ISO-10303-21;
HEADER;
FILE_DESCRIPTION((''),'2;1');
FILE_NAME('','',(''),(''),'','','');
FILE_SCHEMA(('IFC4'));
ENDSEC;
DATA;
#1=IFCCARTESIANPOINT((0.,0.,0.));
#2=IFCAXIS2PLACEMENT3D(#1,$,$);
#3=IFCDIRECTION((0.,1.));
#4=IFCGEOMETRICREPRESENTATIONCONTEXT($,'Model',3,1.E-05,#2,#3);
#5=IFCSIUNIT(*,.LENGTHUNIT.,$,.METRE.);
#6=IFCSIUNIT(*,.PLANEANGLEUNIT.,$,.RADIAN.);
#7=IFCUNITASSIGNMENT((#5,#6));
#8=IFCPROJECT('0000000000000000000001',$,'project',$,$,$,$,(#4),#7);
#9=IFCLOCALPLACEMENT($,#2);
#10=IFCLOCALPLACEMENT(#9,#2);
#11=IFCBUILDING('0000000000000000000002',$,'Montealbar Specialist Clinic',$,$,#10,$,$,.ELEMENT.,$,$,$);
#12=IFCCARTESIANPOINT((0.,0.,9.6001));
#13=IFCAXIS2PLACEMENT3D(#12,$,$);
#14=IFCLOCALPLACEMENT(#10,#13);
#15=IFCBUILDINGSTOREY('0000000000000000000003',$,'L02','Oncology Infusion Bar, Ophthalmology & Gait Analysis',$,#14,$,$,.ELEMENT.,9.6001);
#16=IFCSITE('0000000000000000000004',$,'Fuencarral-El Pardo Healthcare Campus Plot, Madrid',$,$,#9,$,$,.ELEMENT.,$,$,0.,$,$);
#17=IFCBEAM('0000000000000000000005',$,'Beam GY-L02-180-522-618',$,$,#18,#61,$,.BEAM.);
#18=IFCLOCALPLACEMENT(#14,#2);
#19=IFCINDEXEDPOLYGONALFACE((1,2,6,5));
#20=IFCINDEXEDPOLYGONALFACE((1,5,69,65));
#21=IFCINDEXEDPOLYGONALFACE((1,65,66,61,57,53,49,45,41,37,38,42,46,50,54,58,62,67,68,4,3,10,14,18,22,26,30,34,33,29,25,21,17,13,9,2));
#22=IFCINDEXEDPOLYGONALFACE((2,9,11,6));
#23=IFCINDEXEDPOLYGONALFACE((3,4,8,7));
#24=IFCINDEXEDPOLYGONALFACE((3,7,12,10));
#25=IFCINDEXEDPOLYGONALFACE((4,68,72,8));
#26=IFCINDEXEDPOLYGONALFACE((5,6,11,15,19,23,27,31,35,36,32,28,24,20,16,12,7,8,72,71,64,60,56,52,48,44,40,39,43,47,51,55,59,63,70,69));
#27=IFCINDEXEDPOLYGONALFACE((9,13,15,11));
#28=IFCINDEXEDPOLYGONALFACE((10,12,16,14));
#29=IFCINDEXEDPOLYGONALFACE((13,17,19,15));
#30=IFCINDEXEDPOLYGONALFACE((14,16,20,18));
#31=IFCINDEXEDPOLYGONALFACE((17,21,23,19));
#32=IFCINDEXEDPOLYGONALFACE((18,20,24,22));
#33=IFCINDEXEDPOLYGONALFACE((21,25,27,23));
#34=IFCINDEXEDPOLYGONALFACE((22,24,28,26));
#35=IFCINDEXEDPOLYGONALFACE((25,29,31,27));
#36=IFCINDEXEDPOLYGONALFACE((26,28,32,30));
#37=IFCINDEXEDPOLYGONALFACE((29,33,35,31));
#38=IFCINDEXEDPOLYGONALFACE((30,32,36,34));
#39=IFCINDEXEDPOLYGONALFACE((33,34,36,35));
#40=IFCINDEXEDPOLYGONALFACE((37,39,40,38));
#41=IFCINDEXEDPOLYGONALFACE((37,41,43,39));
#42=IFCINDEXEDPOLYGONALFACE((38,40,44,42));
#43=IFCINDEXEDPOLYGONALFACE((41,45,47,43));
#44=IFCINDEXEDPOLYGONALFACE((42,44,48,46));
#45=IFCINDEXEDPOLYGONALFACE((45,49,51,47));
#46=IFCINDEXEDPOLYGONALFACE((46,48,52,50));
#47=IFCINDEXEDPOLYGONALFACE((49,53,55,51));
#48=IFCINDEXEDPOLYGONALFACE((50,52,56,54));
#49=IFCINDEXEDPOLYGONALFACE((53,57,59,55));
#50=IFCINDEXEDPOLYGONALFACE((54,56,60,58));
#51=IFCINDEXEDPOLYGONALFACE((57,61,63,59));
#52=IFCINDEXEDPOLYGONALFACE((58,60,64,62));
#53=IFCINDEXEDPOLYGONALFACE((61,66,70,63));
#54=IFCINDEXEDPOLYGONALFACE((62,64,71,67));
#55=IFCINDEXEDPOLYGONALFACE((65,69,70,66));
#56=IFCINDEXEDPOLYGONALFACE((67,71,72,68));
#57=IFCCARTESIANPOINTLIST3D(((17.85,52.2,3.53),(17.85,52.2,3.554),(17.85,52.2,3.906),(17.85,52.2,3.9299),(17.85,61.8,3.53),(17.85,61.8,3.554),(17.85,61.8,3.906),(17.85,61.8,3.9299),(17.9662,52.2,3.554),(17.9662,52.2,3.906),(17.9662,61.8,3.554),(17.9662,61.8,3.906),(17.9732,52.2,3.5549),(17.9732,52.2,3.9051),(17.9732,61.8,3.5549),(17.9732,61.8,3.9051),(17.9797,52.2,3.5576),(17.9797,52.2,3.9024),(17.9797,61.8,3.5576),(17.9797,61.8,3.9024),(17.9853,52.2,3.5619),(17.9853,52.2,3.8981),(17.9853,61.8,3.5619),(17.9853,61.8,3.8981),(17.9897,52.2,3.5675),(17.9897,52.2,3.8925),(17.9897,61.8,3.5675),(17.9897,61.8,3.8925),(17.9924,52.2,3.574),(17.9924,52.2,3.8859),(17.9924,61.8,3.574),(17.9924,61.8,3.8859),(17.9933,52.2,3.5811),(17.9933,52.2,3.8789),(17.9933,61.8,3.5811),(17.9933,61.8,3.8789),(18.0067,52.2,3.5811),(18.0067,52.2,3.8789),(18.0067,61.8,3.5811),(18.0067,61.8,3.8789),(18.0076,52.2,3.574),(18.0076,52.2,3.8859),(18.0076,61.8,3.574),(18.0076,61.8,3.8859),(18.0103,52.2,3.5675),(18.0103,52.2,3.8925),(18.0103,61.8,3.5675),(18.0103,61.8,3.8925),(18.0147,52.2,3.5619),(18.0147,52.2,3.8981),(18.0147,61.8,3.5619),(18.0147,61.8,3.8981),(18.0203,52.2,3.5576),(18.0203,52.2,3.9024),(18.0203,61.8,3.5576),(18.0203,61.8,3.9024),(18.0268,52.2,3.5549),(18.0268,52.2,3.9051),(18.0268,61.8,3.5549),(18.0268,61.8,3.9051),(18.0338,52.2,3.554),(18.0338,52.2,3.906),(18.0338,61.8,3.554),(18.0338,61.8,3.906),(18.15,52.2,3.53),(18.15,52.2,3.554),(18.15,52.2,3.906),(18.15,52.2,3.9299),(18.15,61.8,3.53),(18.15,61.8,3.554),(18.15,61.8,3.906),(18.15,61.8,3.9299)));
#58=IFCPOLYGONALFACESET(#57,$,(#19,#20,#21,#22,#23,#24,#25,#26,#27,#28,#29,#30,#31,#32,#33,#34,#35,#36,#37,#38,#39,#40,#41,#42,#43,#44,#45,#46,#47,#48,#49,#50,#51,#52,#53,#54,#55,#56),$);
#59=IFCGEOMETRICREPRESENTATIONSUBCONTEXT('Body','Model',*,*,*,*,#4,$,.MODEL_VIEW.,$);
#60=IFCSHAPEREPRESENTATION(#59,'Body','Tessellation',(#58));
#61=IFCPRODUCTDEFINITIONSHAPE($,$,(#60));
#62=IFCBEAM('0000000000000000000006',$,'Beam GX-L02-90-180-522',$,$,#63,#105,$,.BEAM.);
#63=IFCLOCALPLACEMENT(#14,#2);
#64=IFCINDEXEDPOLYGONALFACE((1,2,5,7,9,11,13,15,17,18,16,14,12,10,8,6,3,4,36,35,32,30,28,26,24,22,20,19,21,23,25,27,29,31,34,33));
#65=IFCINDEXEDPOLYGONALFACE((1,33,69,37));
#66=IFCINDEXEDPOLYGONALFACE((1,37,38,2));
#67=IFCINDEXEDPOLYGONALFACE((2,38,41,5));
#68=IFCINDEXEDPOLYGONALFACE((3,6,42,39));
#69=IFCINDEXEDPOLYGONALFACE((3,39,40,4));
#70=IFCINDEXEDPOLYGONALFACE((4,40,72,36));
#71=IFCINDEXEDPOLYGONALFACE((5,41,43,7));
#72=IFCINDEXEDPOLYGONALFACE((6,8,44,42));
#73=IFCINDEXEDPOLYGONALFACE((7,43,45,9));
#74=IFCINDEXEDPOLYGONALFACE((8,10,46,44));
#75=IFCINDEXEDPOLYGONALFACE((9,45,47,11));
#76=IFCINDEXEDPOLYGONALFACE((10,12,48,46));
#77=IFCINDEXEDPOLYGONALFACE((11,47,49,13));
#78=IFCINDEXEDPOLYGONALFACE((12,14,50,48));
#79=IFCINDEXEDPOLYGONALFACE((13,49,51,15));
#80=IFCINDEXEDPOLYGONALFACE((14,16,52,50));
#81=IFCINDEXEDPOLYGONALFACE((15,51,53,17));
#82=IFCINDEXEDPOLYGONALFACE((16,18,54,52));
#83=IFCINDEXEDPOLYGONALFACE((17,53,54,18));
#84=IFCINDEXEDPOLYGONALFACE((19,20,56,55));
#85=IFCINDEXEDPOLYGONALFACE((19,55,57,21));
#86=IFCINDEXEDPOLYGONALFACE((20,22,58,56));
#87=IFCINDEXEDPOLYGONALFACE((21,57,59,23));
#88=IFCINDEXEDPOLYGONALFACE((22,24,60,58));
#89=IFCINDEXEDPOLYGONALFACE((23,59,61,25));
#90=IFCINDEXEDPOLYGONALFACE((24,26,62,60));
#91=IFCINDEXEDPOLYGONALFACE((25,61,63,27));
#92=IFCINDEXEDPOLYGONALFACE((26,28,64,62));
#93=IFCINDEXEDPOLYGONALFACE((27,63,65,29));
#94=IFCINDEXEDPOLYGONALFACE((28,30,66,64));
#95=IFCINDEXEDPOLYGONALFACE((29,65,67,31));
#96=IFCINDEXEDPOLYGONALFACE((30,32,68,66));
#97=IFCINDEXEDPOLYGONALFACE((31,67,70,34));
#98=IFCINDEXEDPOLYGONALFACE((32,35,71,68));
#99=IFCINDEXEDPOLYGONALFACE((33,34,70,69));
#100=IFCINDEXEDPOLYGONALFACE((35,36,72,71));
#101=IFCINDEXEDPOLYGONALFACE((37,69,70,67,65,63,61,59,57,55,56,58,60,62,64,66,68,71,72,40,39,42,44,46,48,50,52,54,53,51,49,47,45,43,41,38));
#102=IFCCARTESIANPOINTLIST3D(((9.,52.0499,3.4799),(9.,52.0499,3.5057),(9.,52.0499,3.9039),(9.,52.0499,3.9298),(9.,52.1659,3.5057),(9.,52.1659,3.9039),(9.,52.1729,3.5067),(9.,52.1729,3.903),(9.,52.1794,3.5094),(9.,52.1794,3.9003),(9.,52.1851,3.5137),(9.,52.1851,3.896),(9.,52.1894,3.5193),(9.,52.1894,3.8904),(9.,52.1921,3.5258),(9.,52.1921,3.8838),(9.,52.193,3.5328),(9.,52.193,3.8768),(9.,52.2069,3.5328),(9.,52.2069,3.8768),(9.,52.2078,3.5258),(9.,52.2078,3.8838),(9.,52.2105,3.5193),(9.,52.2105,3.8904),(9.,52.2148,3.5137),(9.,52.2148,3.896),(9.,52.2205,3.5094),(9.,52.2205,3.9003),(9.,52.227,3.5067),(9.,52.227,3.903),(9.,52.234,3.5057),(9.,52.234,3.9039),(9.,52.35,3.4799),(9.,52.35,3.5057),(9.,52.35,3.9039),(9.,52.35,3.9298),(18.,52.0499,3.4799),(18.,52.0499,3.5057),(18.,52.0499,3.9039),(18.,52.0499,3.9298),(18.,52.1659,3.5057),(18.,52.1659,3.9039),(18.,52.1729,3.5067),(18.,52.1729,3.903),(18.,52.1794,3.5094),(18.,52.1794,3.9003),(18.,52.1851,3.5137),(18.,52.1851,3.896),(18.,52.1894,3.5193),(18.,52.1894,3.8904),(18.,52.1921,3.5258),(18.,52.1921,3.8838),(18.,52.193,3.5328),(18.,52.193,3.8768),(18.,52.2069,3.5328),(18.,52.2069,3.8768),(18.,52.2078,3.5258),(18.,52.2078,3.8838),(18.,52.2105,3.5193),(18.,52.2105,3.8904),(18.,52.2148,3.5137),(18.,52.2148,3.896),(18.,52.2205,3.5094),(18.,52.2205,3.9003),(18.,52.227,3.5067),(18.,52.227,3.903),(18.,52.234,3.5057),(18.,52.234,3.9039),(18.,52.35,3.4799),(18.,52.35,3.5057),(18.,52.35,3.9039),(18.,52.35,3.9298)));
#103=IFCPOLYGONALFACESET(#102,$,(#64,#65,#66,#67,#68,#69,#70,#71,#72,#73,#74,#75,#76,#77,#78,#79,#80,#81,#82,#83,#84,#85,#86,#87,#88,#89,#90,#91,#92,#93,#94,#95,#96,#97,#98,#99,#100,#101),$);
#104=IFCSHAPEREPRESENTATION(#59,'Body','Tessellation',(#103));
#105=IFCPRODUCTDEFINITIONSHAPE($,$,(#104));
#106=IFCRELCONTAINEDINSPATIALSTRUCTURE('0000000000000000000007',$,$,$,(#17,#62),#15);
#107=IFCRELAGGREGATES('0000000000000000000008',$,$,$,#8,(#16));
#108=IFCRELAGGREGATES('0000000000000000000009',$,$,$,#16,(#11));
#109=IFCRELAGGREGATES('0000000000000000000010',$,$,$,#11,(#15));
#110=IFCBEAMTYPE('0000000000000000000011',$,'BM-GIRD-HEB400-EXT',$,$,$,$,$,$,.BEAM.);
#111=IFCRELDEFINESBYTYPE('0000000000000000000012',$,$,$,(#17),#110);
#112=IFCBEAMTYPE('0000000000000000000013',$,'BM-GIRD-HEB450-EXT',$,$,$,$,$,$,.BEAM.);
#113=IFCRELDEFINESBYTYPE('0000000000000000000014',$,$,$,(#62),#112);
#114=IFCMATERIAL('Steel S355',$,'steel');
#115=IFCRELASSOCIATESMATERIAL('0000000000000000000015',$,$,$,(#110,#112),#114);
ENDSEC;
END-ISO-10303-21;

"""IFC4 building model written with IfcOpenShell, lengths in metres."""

from ifc_helpers import new_model, si_unit, direction, frame, origin, origin_2d, place, context, subcontext, project, spatial, i_section, extrude, material, material_profile, profile_set, type_object, element, save


model = new_model("IFC4")

# Units and contexts
model_context = context("Model", 3, precision=1e-05, world=origin(), true_north=direction((0.0, 1.0)))
body_context = subcontext(model_context, "Body", "Model", "MODEL_VIEW")
ifc_project = project(units=[si_unit("LENGTHUNIT", "METRE"), si_unit("PLANEANGLEUNIT", "RADIAN")], contexts=[model_context])

# Site, building, storey
site_placement = place(None, origin())
site = spatial("IfcSite", under=ifc_project, at=site_placement, Name="Fuencarral-El Pardo Healthcare Campus Plot, Madrid", CompositionType="ELEMENT", RefElevation=0.0)
building_placement = place(site_placement, origin())
building = spatial("IfcBuilding", under=site, at=building_placement, Name="Montealbar Specialist Clinic", CompositionType="ELEMENT")
storey_placement = place(building_placement, frame((0.0, 0.0, 9.6001)))
storey = spatial("IfcBuildingStorey", under=building, at=storey_placement, Name="L02", Description="Oncology Infusion Bar, Ophthalmology & Gait Analysis", CompositionType="ELEMENT", Elevation=9.6001)

# Shared definitions
ifc_material_1 = material(Name="Steel S355", Category="steel")

# Beams
ifc_material_profile_1 = material_profile(ifc_material_1, i_section(OverallWidth=0.3, OverallDepth=0.3999, WebThickness=0.0134, FlangeThickness=0.0239, FilletRadius=0.0271, at=origin_2d()), Name="HEB 400", Category="steel")
ifc_profile_set_1 = profile_set([ifc_material_profile_1], Name="Steel S355")
beam_type_1 = type_object("IfcBeamType", Name="BM-GIRD-HEB400-EXT", PredefinedType="BEAM", material=ifc_profile_set_1)
for number, where, z_axis, x_axis, name in (
    (1, (18.0, 52.2, 3.73), (0.0, 1.0, 0.0), (-1.0, 0.0, 0.0), "Beam GY-L02-180-522-618"),
):
    element("IfcBeam", number, at=place(storey_placement, frame(where, z_axis=z_axis, x_axis=x_axis)), inside=storey, type_object=beam_type_1, Name=name, PredefinedType="BEAM", context=body_context, shape_type="SweptSolid", body=[
        extrude(i_section(OverallWidth=0.3, OverallDepth=0.3999, WebThickness=0.0134, FlangeThickness=0.0239, FilletRadius=0.0271, at=origin_2d()), origin(), (0.0, 0.0, 1.0), 9.6001),
    ])
ifc_material_profile_2 = material_profile(ifc_material_1, i_section(OverallWidth=0.3, OverallDepth=0.45, WebThickness=0.0139, FlangeThickness=0.0259, FilletRadius=0.0271, at=origin_2d()), Name="HEB 450", Category="steel")
ifc_profile_set_2 = profile_set([ifc_material_profile_2], Name="Steel S355")
beam_type_2 = type_object("IfcBeamType", Name="BM-GIRD-HEB450-EXT", PredefinedType="BEAM", material=ifc_profile_set_2)
beam_placement = place(storey_placement, frame((9.0, 52.2, 3.7048), z_axis=(1.0, 0.0, 0.0), x_axis=(0.0, 1.0, 0.0)))
element("IfcBeam", 2, at=beam_placement, inside=storey, type_object=beam_type_2, Name="Beam GX-L02-90-180-522", PredefinedType="BEAM", context=body_context, shape_type="SweptSolid", body=[
    extrude(i_section(OverallWidth=0.3, OverallDepth=0.45, WebThickness=0.0139, FlangeThickness=0.0259, FilletRadius=0.0271, at=origin_2d()), origin(), (0.0, 0.0, 1.0), 9.0),
])

save(model, "model.ifc")
